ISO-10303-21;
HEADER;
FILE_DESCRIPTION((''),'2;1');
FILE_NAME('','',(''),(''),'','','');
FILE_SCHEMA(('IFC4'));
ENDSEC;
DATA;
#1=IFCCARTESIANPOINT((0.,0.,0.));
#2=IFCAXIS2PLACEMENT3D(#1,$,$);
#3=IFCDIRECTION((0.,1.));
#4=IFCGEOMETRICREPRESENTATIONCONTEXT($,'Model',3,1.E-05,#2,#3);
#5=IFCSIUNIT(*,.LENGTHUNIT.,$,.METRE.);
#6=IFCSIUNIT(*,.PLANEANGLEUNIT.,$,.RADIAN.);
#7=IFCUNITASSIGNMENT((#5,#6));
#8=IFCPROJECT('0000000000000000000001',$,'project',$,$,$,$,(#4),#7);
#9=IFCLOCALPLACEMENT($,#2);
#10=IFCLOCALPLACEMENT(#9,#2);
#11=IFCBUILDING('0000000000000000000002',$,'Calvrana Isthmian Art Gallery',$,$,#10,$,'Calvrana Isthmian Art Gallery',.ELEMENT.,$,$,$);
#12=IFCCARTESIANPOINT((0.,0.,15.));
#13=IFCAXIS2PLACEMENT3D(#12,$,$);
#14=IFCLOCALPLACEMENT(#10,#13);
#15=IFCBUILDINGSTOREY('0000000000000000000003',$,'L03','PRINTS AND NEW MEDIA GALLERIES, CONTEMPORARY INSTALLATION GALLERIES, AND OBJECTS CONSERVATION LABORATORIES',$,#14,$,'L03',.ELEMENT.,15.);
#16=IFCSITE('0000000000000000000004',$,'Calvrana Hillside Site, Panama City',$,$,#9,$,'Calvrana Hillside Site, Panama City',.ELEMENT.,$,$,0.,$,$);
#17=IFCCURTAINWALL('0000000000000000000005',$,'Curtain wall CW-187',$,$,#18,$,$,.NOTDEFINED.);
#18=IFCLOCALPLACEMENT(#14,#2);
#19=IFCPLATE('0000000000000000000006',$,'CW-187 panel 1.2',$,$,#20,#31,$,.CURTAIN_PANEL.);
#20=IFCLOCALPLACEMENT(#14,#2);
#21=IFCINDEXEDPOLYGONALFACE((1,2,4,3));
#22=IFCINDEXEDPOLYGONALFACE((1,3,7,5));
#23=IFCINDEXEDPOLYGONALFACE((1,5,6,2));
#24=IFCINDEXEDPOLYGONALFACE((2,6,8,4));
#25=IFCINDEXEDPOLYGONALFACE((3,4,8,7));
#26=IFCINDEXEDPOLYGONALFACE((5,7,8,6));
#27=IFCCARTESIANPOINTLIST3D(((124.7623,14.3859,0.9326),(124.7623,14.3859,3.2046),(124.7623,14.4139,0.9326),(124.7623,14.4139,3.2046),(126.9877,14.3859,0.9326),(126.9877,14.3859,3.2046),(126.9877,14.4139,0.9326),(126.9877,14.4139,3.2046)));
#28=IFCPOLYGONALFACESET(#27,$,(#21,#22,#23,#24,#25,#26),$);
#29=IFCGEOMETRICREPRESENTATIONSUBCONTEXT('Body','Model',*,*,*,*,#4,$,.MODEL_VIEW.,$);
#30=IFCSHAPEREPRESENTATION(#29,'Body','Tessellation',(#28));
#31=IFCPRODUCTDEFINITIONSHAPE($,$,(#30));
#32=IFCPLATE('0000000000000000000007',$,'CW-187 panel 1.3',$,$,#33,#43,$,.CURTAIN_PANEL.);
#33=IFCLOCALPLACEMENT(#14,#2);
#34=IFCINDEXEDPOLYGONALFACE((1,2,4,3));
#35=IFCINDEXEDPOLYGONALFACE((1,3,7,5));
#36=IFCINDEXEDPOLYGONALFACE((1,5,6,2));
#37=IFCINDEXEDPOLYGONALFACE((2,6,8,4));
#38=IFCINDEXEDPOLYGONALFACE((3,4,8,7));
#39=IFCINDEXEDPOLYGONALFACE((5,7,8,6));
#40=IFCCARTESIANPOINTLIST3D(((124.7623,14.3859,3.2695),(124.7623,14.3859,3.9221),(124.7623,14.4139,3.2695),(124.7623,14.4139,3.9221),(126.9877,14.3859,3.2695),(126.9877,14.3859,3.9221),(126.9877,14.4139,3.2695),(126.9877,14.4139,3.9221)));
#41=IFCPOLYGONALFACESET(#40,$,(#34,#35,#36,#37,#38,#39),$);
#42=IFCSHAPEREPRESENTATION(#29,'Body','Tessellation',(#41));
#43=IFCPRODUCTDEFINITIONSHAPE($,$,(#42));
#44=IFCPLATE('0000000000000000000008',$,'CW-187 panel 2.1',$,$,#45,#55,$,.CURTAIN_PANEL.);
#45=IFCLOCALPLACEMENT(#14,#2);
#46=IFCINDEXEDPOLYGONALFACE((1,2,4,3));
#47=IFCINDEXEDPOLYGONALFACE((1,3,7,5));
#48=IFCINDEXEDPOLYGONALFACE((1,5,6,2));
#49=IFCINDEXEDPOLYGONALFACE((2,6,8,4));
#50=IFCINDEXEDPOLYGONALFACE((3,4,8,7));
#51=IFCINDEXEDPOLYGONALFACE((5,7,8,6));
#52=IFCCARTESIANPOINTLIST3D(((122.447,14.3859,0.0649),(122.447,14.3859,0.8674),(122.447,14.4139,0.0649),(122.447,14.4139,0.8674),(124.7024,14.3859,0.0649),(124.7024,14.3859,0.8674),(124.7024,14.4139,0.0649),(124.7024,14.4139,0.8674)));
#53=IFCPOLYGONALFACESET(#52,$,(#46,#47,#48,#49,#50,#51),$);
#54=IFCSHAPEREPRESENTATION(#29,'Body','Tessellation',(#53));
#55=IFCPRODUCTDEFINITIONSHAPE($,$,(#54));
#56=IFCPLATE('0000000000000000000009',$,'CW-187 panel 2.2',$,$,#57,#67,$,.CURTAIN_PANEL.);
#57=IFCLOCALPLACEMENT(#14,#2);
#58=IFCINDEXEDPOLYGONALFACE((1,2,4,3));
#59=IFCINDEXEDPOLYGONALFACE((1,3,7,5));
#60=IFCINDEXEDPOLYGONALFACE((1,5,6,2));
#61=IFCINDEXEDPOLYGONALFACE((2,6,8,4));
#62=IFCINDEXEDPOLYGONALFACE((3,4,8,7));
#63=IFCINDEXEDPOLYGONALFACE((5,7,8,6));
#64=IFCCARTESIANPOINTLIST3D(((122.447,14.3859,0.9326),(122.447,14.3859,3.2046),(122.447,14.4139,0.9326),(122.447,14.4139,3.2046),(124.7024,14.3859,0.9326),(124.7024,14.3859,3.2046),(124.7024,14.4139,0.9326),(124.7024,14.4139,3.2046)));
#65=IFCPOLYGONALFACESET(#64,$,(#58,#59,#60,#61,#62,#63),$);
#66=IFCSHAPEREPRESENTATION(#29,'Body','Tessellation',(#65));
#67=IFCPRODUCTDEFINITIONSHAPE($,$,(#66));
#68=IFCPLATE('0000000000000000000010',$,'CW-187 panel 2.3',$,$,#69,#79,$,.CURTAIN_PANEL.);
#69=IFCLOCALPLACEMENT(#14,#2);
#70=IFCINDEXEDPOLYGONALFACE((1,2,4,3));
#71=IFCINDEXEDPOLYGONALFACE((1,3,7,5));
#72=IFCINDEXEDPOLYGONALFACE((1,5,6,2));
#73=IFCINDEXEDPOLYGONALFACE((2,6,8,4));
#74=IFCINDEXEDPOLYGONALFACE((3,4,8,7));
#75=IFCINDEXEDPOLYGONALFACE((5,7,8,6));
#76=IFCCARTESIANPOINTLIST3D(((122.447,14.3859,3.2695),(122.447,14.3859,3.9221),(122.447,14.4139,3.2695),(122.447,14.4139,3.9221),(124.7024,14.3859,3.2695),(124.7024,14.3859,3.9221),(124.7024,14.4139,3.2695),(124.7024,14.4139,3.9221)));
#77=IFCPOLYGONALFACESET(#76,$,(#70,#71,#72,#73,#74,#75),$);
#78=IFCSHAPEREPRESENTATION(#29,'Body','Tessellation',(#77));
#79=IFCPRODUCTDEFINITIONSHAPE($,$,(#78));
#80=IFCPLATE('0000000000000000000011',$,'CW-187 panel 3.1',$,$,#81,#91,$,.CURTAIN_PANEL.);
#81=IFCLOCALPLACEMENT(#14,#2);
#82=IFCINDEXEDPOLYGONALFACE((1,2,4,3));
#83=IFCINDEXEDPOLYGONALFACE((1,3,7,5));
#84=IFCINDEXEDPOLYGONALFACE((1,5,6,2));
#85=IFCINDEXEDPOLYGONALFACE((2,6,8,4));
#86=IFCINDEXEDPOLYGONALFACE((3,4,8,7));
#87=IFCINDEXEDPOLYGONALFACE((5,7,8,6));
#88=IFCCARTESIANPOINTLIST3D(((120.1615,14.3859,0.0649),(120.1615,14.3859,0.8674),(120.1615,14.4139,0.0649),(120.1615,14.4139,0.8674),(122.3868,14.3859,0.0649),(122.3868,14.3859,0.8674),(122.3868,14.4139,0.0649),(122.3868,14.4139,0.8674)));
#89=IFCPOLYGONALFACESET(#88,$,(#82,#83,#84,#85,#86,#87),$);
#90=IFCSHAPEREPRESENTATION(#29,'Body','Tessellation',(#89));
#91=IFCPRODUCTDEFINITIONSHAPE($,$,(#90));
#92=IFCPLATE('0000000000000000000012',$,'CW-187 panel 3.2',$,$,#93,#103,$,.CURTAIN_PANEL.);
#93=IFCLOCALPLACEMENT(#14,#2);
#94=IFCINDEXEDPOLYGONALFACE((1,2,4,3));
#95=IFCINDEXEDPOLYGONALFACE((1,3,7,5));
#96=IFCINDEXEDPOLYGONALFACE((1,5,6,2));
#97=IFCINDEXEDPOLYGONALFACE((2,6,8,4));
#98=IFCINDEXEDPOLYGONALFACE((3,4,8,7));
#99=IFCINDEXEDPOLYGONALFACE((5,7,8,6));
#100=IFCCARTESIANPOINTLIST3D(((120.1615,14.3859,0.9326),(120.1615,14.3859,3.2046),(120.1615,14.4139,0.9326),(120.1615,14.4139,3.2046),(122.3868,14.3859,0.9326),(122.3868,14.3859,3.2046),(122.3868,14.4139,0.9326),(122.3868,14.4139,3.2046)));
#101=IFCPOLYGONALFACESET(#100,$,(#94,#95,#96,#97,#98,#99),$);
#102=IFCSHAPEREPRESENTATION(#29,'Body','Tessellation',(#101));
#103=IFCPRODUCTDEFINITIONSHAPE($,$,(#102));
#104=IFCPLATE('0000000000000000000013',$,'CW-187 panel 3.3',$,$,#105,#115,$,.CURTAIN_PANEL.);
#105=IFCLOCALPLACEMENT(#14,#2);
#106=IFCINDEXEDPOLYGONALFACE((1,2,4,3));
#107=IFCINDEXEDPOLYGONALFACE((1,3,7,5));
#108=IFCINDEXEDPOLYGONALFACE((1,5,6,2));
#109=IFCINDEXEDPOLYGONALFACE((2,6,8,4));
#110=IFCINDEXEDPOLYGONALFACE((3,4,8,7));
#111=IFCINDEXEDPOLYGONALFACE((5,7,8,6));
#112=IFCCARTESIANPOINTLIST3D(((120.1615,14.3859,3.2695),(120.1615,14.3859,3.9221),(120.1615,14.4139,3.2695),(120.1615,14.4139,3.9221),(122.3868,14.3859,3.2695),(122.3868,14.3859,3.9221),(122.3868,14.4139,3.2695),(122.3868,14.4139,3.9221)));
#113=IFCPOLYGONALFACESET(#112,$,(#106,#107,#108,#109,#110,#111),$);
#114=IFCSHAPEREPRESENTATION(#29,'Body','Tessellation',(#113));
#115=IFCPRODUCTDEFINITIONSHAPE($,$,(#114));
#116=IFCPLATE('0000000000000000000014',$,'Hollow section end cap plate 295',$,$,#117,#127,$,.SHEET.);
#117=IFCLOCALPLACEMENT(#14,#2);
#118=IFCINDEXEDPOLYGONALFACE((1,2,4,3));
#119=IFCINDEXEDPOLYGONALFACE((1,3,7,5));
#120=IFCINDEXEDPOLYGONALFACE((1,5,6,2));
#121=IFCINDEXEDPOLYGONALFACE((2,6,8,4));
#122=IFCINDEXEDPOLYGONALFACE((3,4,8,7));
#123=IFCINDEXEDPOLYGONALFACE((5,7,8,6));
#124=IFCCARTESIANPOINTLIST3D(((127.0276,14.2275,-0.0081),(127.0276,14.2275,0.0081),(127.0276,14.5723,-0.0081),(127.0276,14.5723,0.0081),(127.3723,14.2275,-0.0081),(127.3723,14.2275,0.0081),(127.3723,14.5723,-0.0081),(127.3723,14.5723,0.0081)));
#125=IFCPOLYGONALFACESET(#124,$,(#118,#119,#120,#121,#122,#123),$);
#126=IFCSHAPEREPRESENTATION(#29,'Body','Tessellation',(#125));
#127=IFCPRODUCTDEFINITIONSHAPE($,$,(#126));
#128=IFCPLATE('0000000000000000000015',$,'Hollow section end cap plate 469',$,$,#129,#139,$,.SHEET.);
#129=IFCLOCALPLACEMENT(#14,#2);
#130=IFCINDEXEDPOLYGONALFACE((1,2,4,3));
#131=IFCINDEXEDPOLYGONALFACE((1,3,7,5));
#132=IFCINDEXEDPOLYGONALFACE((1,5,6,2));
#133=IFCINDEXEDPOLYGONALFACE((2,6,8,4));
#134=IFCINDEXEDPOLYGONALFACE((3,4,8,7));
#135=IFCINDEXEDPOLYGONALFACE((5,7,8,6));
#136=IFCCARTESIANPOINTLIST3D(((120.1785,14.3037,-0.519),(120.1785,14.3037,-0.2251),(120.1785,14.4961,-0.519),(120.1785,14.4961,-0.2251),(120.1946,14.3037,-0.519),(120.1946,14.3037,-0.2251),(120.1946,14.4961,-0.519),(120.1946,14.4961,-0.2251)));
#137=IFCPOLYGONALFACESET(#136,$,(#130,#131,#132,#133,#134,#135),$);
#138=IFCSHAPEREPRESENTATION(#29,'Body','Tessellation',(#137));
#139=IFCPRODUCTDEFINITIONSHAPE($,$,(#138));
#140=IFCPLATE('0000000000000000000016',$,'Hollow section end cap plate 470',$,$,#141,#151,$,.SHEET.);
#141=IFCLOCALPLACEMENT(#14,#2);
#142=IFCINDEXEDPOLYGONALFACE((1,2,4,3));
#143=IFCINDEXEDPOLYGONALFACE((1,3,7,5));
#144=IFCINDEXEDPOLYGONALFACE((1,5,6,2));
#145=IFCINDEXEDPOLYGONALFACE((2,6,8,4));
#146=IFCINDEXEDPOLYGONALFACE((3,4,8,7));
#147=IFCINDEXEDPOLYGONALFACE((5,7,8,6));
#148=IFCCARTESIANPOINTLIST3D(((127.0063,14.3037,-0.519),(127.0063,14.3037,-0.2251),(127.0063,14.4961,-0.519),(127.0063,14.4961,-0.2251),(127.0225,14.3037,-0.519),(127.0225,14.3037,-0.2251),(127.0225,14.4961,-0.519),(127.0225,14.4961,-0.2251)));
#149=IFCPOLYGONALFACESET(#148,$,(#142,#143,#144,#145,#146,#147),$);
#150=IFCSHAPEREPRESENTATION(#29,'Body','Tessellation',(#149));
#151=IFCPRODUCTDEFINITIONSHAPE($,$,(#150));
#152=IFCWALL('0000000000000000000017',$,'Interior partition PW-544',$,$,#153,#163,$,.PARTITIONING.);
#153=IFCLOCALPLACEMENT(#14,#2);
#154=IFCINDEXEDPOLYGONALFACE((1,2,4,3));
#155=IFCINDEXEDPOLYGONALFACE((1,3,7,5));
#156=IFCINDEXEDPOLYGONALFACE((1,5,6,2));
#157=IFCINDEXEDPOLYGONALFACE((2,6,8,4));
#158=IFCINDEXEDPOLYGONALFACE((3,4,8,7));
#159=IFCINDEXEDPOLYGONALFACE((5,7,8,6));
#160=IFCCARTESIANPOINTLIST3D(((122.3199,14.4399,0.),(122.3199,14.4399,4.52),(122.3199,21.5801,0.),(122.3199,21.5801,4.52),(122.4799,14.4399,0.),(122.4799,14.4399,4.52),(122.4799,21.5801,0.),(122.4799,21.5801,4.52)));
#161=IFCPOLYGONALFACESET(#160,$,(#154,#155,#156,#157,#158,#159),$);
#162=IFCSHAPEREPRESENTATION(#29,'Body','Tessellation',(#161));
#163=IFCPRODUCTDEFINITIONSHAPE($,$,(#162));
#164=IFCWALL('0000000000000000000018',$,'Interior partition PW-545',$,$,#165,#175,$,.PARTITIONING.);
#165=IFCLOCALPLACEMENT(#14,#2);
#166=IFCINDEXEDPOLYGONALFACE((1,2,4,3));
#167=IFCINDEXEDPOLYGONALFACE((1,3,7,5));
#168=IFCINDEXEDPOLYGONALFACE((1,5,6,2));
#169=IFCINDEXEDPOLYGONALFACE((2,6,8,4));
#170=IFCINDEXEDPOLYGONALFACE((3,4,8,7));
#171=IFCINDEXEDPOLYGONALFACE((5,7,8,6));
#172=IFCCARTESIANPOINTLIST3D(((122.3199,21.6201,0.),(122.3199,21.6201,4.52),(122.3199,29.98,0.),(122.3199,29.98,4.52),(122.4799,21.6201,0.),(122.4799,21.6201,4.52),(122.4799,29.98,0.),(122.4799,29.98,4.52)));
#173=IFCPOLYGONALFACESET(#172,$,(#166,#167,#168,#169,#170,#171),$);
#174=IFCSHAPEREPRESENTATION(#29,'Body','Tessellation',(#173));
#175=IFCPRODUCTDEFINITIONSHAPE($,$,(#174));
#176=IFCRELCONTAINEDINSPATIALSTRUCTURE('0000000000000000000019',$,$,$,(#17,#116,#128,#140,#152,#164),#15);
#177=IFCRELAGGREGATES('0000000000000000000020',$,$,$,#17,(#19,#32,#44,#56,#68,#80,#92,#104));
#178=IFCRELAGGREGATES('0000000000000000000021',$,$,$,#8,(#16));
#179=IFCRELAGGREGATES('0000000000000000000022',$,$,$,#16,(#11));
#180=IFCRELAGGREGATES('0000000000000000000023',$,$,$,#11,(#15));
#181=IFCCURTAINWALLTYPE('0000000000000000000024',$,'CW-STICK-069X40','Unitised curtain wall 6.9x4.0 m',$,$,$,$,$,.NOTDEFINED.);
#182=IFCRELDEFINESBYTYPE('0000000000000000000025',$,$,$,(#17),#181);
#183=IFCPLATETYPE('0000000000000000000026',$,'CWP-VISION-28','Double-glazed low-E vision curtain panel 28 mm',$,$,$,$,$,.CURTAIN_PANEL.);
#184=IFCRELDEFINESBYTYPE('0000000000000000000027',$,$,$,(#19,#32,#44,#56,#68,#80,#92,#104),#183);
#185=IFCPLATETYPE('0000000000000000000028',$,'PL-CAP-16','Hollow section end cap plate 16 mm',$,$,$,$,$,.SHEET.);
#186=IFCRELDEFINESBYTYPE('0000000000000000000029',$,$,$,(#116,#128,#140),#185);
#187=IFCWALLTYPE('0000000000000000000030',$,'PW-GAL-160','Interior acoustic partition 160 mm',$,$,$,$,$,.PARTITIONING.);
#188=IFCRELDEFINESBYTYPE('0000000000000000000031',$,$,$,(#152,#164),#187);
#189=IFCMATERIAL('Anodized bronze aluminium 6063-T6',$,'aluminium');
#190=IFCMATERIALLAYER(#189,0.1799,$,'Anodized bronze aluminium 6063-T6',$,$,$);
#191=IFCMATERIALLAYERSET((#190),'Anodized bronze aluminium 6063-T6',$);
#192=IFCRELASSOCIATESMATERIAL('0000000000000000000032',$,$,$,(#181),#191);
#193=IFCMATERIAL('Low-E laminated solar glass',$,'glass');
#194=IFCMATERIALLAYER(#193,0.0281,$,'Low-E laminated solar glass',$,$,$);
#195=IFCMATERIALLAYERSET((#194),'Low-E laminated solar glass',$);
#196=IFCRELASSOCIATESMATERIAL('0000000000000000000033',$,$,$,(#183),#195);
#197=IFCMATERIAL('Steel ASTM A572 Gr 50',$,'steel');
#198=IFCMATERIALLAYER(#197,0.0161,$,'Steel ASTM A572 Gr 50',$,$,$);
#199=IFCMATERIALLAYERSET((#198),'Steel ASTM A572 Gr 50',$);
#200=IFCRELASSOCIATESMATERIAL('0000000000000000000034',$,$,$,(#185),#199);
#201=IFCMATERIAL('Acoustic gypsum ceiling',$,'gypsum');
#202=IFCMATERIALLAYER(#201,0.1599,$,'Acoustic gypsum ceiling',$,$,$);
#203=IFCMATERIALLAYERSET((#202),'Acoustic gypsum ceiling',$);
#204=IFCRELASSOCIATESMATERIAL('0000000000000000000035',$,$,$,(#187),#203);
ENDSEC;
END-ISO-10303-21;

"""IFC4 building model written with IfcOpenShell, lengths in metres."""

from ifc_helpers import new_model, si_unit, direction, frame, frame_2d, origin, origin_2d, place, context, subcontext, project, spatial, rectangle, extrude, material, layer, layer_set, type_object, element, aggregate, save


model = new_model("IFC4")

# Units and contexts
model_context = context("Model", 3, precision=1e-05, world=origin(), true_north=direction((0.0, 1.0)))
body_context = subcontext(model_context, "Body", "Model", "MODEL_VIEW")
ifc_project = project(units=[si_unit("LENGTHUNIT", "METRE"), si_unit("PLANEANGLEUNIT", "RADIAN")], contexts=[model_context])

# Site, building, storey
site_placement = place(None, origin())
site = spatial("IfcSite", under=ifc_project, at=site_placement, Name="Calvrana Hillside Site, Panama City", LongName="Calvrana Hillside Site, Panama City", CompositionType="ELEMENT", RefElevation=0.0)
building_placement = place(site_placement, origin())
building = spatial("IfcBuilding", under=site, at=building_placement, Name="Calvrana Isthmian Art Gallery", LongName="Calvrana Isthmian Art Gallery", CompositionType="ELEMENT")
storey_placement = place(building_placement, frame((0.0, 0.0, 15.0)))
storey = spatial("IfcBuildingStorey", under=building, at=storey_placement, Name="L03", Description="PRINTS AND NEW MEDIA GALLERIES, CONTEMPORARY INSTALLATION GALLERIES, AND OBJECTS CONSERVATION LABORATORIES", LongName="L03", CompositionType="ELEMENT", Elevation=15.0)

# Curtain wall, plates
ifc_material_1 = material(Name="Anodized bronze aluminium 6063-T6", Category="aluminium")
ifc_layer_1 = layer(ifc_material_1, 0.1799, Name="Anodized bronze aluminium 6063-T6")
ifc_layer_set_1 = layer_set([ifc_layer_1], Name="Anodized bronze aluminium 6063-T6")
curtain_wall_type = type_object("IfcCurtainWallType", Name="CW-STICK-069X40", Description="Unitised curtain wall 6.9x4.0 m", PredefinedType="NOTDEFINED", material=ifc_layer_set_1)
curtain_wall_placement = place(storey_placement, origin())
curtain_wall = element("IfcCurtainWall", 1, at=curtain_wall_placement, inside=storey, type_object=curtain_wall_type, Name="Curtain wall CW-187", PredefinedType="NOTDEFINED")
ifc_material_2 = material(Name="Low-E laminated solar glass", Category="glass")
ifc_layer_2 = layer(ifc_material_2, 0.0281, Name="Low-E laminated solar glass")
ifc_layer_set_2 = layer_set([ifc_layer_2], Name="Low-E laminated solar glass")
plate_type_1 = type_object("IfcPlateType", Name="CWP-VISION-28", Description="Double-glazed low-E vision curtain panel 28 mm", PredefinedType="CURTAIN_PANEL", material=ifc_layer_set_2)
plate_1_placement = place(storey_placement, frame((125.875, 14.3999, 0.9326), z_axis=(0.0, 0.0, 1.0), x_axis=(-1.0, 0.0, 0.0)))
plate_1 = element("IfcPlate", 2, at=plate_1_placement, type_object=plate_type_1, Name="CW-187 panel 1.2", PredefinedType="CURTAIN_PANEL", context=body_context, shape_type="SweptSolid", body=[
    extrude(rectangle(XDim=2.2253, YDim=0.0281, at=origin_2d()), origin(), (0.0, 0.0, 1.0), 2.272),
])
plate_2_placement = place(storey_placement, frame((125.875, 14.3999, 3.2695), z_axis=(0.0, 0.0, 1.0), x_axis=(-1.0, 0.0, 0.0)))
plate_2 = element("IfcPlate", 3, at=plate_2_placement, type_object=plate_type_1, Name="CW-187 panel 1.3", PredefinedType="CURTAIN_PANEL", context=body_context, shape_type="SweptSolid", body=[
    extrude(rectangle(XDim=2.2253, YDim=0.0281, at=origin_2d()), origin(), (0.0, 0.0, 1.0), 0.6526),
])
plate_3_placement = place(storey_placement, frame((123.5747, 14.3999, 0.0649), z_axis=(0.0, 0.0, 1.0), x_axis=(-1.0, 0.0, 0.0)))
plate_3 = element("IfcPlate", 4, at=plate_3_placement, type_object=plate_type_1, Name="CW-187 panel 2.1", PredefinedType="CURTAIN_PANEL", context=body_context, shape_type="SweptSolid", body=[
    extrude(rectangle(XDim=2.2554, YDim=0.0281, at=origin_2d()), origin(), (0.0, 0.0, 1.0), 0.8025),
])
plate_4_placement = place(storey_placement, frame((123.5747, 14.3999, 0.9326), z_axis=(0.0, 0.0, 1.0), x_axis=(-1.0, 0.0, 0.0)))
plate_4 = element("IfcPlate", 5, at=plate_4_placement, type_object=plate_type_1, Name="CW-187 panel 2.2", PredefinedType="CURTAIN_PANEL", context=body_context, shape_type="SweptSolid", body=[
    extrude(rectangle(XDim=2.2554, YDim=0.0281, at=origin_2d()), origin(), (0.0, 0.0, 1.0), 2.272),
])
plate_5_placement = place(storey_placement, frame((123.5747, 14.3999, 3.2695), z_axis=(0.0, 0.0, 1.0), x_axis=(-1.0, 0.0, 0.0)))
plate_5 = element("IfcPlate", 6, at=plate_5_placement, type_object=plate_type_1, Name="CW-187 panel 2.3", PredefinedType="CURTAIN_PANEL", context=body_context, shape_type="SweptSolid", body=[
    extrude(rectangle(XDim=2.2554, YDim=0.0281, at=origin_2d()), origin(), (0.0, 0.0, 1.0), 0.6526),
])
plate_6_placement = place(storey_placement, frame((121.2742, 14.3999, 0.0649), z_axis=(0.0, 0.0, 1.0), x_axis=(-1.0, 0.0, 0.0)))
plate_6 = element("IfcPlate", 7, at=plate_6_placement, type_object=plate_type_1, Name="CW-187 panel 3.1", PredefinedType="CURTAIN_PANEL", context=body_context, shape_type="SweptSolid", body=[
    extrude(rectangle(XDim=2.2253, YDim=0.0281, at=origin_2d()), origin(), (0.0, 0.0, 1.0), 0.8025),
])
plate_7_placement = place(storey_placement, frame((121.2742, 14.3999, 0.9326), z_axis=(0.0, 0.0, 1.0), x_axis=(-1.0, 0.0, 0.0)))
plate_7 = element("IfcPlate", 8, at=plate_7_placement, type_object=plate_type_1, Name="CW-187 panel 3.2", PredefinedType="CURTAIN_PANEL", context=body_context, shape_type="SweptSolid", body=[
    extrude(rectangle(XDim=2.2253, YDim=0.0281, at=origin_2d()), origin(), (0.0, 0.0, 1.0), 2.272),
])
plate_8_placement = place(storey_placement, frame((121.2742, 14.3999, 3.2695), z_axis=(0.0, 0.0, 1.0), x_axis=(-1.0, 0.0, 0.0)))
plate_8 = element("IfcPlate", 9, at=plate_8_placement, type_object=plate_type_1, Name="CW-187 panel 3.3", PredefinedType="CURTAIN_PANEL", context=body_context, shape_type="SweptSolid", body=[
    extrude(rectangle(XDim=2.2253, YDim=0.0281, at=origin_2d()), origin(), (0.0, 0.0, 1.0), 0.6526),
])
aggregate(curtain_wall, [plate_1, plate_2, plate_3, plate_4, plate_5, plate_6, plate_7, plate_8])

# Plates
ifc_material_3 = material(Name="Steel ASTM A572 Gr 50", Category="steel")
ifc_layer_3 = layer(ifc_material_3, 0.0161, Name="Steel ASTM A572 Gr 50")
ifc_layer_set_3 = layer_set([ifc_layer_3], Name="Steel ASTM A572 Gr 50")
plate_type_2 = type_object("IfcPlateType", Name="PL-CAP-16", Description="Hollow section end cap plate 16 mm", PredefinedType="SHEET", material=ifc_layer_set_3)
plate_9_placement = place(storey_placement, frame((127.2, 14.3999, -0.0081), z_axis=(0.0, 0.0, 1.0), x_axis=(1.0, 0.0, 0.0)))
element("IfcPlate", 10, at=plate_9_placement, inside=storey, type_object=plate_type_2, Name="Hollow section end cap plate 295", PredefinedType="SHEET", context=body_context, shape_type="SweptSolid", body=[
    extrude(rectangle(XDim=0.3447, YDim=0.3447, at=origin_2d()), origin(), (0.0, 0.0, 1.0), 0.0161),
])
for number, where, z_axis, x_axis, name in (
    (11, (120.1865, 14.3999, -0.519), (0.0, 0.0, 1.0), (1.0, 0.0, 0.0), "Hollow section end cap plate 469"),
    (12, (127.0144, 14.3999, -0.519), (0.0, 0.0, 1.0), (1.0, 0.0, 0.0), "Hollow section end cap plate 470"),
):
    element("IfcPlate", number, at=place(storey_placement, frame(where, z_axis=z_axis, x_axis=x_axis)), inside=storey, type_object=plate_type_2, Name=name, PredefinedType="SHEET", context=body_context, shape_type="SweptSolid", body=[
        extrude(rectangle(XDim=0.0161, YDim=0.1924, at=origin_2d()), origin(), (0.0, 0.0, 1.0), 0.2939),
    ])

# Walls
ifc_material_4 = material(Name="Acoustic gypsum ceiling", Category="gypsum")
ifc_layer_4 = layer(ifc_material_4, 0.1599, Name="Acoustic gypsum ceiling")
ifc_layer_set_4 = layer_set([ifc_layer_4], Name="Acoustic gypsum ceiling")
wall_type = type_object("IfcWallType", Name="PW-GAL-160", Description="Interior acoustic partition 160 mm", PredefinedType="PARTITIONING", material=ifc_layer_set_4)
wall_1_placement = place(storey_placement, frame((122.3999, 14.4399, 0.0), z_axis=(0.0, 0.0, 1.0), x_axis=(0.0, 1.0, 0.0)))
element("IfcWall", 13, at=wall_1_placement, inside=storey, type_object=wall_type, Name="Interior partition PW-544", PredefinedType="PARTITIONING", context=body_context, shape_type="SweptSolid", body=[
    extrude(rectangle(XDim=7.1401, YDim=0.1599, at=frame_2d((3.5701, 0.0))), origin(), (0.0, 0.0, 1.0), 4.52),
])
wall_2_placement = place(storey_placement, frame((122.3999, 21.6201, 0.0), z_axis=(0.0, 0.0, 1.0), x_axis=(0.0, 1.0, 0.0)))
element("IfcWall", 14, at=wall_2_placement, inside=storey, type_object=wall_type, Name="Interior partition PW-545", PredefinedType="PARTITIONING", context=body_context, shape_type="SweptSolid", body=[
    extrude(rectangle(XDim=8.3599, YDim=0.1599, at=frame_2d((4.1799, 0.0))), origin(), (0.0, 0.0, 1.0), 4.52),
])

save(model, "model.ifc")
